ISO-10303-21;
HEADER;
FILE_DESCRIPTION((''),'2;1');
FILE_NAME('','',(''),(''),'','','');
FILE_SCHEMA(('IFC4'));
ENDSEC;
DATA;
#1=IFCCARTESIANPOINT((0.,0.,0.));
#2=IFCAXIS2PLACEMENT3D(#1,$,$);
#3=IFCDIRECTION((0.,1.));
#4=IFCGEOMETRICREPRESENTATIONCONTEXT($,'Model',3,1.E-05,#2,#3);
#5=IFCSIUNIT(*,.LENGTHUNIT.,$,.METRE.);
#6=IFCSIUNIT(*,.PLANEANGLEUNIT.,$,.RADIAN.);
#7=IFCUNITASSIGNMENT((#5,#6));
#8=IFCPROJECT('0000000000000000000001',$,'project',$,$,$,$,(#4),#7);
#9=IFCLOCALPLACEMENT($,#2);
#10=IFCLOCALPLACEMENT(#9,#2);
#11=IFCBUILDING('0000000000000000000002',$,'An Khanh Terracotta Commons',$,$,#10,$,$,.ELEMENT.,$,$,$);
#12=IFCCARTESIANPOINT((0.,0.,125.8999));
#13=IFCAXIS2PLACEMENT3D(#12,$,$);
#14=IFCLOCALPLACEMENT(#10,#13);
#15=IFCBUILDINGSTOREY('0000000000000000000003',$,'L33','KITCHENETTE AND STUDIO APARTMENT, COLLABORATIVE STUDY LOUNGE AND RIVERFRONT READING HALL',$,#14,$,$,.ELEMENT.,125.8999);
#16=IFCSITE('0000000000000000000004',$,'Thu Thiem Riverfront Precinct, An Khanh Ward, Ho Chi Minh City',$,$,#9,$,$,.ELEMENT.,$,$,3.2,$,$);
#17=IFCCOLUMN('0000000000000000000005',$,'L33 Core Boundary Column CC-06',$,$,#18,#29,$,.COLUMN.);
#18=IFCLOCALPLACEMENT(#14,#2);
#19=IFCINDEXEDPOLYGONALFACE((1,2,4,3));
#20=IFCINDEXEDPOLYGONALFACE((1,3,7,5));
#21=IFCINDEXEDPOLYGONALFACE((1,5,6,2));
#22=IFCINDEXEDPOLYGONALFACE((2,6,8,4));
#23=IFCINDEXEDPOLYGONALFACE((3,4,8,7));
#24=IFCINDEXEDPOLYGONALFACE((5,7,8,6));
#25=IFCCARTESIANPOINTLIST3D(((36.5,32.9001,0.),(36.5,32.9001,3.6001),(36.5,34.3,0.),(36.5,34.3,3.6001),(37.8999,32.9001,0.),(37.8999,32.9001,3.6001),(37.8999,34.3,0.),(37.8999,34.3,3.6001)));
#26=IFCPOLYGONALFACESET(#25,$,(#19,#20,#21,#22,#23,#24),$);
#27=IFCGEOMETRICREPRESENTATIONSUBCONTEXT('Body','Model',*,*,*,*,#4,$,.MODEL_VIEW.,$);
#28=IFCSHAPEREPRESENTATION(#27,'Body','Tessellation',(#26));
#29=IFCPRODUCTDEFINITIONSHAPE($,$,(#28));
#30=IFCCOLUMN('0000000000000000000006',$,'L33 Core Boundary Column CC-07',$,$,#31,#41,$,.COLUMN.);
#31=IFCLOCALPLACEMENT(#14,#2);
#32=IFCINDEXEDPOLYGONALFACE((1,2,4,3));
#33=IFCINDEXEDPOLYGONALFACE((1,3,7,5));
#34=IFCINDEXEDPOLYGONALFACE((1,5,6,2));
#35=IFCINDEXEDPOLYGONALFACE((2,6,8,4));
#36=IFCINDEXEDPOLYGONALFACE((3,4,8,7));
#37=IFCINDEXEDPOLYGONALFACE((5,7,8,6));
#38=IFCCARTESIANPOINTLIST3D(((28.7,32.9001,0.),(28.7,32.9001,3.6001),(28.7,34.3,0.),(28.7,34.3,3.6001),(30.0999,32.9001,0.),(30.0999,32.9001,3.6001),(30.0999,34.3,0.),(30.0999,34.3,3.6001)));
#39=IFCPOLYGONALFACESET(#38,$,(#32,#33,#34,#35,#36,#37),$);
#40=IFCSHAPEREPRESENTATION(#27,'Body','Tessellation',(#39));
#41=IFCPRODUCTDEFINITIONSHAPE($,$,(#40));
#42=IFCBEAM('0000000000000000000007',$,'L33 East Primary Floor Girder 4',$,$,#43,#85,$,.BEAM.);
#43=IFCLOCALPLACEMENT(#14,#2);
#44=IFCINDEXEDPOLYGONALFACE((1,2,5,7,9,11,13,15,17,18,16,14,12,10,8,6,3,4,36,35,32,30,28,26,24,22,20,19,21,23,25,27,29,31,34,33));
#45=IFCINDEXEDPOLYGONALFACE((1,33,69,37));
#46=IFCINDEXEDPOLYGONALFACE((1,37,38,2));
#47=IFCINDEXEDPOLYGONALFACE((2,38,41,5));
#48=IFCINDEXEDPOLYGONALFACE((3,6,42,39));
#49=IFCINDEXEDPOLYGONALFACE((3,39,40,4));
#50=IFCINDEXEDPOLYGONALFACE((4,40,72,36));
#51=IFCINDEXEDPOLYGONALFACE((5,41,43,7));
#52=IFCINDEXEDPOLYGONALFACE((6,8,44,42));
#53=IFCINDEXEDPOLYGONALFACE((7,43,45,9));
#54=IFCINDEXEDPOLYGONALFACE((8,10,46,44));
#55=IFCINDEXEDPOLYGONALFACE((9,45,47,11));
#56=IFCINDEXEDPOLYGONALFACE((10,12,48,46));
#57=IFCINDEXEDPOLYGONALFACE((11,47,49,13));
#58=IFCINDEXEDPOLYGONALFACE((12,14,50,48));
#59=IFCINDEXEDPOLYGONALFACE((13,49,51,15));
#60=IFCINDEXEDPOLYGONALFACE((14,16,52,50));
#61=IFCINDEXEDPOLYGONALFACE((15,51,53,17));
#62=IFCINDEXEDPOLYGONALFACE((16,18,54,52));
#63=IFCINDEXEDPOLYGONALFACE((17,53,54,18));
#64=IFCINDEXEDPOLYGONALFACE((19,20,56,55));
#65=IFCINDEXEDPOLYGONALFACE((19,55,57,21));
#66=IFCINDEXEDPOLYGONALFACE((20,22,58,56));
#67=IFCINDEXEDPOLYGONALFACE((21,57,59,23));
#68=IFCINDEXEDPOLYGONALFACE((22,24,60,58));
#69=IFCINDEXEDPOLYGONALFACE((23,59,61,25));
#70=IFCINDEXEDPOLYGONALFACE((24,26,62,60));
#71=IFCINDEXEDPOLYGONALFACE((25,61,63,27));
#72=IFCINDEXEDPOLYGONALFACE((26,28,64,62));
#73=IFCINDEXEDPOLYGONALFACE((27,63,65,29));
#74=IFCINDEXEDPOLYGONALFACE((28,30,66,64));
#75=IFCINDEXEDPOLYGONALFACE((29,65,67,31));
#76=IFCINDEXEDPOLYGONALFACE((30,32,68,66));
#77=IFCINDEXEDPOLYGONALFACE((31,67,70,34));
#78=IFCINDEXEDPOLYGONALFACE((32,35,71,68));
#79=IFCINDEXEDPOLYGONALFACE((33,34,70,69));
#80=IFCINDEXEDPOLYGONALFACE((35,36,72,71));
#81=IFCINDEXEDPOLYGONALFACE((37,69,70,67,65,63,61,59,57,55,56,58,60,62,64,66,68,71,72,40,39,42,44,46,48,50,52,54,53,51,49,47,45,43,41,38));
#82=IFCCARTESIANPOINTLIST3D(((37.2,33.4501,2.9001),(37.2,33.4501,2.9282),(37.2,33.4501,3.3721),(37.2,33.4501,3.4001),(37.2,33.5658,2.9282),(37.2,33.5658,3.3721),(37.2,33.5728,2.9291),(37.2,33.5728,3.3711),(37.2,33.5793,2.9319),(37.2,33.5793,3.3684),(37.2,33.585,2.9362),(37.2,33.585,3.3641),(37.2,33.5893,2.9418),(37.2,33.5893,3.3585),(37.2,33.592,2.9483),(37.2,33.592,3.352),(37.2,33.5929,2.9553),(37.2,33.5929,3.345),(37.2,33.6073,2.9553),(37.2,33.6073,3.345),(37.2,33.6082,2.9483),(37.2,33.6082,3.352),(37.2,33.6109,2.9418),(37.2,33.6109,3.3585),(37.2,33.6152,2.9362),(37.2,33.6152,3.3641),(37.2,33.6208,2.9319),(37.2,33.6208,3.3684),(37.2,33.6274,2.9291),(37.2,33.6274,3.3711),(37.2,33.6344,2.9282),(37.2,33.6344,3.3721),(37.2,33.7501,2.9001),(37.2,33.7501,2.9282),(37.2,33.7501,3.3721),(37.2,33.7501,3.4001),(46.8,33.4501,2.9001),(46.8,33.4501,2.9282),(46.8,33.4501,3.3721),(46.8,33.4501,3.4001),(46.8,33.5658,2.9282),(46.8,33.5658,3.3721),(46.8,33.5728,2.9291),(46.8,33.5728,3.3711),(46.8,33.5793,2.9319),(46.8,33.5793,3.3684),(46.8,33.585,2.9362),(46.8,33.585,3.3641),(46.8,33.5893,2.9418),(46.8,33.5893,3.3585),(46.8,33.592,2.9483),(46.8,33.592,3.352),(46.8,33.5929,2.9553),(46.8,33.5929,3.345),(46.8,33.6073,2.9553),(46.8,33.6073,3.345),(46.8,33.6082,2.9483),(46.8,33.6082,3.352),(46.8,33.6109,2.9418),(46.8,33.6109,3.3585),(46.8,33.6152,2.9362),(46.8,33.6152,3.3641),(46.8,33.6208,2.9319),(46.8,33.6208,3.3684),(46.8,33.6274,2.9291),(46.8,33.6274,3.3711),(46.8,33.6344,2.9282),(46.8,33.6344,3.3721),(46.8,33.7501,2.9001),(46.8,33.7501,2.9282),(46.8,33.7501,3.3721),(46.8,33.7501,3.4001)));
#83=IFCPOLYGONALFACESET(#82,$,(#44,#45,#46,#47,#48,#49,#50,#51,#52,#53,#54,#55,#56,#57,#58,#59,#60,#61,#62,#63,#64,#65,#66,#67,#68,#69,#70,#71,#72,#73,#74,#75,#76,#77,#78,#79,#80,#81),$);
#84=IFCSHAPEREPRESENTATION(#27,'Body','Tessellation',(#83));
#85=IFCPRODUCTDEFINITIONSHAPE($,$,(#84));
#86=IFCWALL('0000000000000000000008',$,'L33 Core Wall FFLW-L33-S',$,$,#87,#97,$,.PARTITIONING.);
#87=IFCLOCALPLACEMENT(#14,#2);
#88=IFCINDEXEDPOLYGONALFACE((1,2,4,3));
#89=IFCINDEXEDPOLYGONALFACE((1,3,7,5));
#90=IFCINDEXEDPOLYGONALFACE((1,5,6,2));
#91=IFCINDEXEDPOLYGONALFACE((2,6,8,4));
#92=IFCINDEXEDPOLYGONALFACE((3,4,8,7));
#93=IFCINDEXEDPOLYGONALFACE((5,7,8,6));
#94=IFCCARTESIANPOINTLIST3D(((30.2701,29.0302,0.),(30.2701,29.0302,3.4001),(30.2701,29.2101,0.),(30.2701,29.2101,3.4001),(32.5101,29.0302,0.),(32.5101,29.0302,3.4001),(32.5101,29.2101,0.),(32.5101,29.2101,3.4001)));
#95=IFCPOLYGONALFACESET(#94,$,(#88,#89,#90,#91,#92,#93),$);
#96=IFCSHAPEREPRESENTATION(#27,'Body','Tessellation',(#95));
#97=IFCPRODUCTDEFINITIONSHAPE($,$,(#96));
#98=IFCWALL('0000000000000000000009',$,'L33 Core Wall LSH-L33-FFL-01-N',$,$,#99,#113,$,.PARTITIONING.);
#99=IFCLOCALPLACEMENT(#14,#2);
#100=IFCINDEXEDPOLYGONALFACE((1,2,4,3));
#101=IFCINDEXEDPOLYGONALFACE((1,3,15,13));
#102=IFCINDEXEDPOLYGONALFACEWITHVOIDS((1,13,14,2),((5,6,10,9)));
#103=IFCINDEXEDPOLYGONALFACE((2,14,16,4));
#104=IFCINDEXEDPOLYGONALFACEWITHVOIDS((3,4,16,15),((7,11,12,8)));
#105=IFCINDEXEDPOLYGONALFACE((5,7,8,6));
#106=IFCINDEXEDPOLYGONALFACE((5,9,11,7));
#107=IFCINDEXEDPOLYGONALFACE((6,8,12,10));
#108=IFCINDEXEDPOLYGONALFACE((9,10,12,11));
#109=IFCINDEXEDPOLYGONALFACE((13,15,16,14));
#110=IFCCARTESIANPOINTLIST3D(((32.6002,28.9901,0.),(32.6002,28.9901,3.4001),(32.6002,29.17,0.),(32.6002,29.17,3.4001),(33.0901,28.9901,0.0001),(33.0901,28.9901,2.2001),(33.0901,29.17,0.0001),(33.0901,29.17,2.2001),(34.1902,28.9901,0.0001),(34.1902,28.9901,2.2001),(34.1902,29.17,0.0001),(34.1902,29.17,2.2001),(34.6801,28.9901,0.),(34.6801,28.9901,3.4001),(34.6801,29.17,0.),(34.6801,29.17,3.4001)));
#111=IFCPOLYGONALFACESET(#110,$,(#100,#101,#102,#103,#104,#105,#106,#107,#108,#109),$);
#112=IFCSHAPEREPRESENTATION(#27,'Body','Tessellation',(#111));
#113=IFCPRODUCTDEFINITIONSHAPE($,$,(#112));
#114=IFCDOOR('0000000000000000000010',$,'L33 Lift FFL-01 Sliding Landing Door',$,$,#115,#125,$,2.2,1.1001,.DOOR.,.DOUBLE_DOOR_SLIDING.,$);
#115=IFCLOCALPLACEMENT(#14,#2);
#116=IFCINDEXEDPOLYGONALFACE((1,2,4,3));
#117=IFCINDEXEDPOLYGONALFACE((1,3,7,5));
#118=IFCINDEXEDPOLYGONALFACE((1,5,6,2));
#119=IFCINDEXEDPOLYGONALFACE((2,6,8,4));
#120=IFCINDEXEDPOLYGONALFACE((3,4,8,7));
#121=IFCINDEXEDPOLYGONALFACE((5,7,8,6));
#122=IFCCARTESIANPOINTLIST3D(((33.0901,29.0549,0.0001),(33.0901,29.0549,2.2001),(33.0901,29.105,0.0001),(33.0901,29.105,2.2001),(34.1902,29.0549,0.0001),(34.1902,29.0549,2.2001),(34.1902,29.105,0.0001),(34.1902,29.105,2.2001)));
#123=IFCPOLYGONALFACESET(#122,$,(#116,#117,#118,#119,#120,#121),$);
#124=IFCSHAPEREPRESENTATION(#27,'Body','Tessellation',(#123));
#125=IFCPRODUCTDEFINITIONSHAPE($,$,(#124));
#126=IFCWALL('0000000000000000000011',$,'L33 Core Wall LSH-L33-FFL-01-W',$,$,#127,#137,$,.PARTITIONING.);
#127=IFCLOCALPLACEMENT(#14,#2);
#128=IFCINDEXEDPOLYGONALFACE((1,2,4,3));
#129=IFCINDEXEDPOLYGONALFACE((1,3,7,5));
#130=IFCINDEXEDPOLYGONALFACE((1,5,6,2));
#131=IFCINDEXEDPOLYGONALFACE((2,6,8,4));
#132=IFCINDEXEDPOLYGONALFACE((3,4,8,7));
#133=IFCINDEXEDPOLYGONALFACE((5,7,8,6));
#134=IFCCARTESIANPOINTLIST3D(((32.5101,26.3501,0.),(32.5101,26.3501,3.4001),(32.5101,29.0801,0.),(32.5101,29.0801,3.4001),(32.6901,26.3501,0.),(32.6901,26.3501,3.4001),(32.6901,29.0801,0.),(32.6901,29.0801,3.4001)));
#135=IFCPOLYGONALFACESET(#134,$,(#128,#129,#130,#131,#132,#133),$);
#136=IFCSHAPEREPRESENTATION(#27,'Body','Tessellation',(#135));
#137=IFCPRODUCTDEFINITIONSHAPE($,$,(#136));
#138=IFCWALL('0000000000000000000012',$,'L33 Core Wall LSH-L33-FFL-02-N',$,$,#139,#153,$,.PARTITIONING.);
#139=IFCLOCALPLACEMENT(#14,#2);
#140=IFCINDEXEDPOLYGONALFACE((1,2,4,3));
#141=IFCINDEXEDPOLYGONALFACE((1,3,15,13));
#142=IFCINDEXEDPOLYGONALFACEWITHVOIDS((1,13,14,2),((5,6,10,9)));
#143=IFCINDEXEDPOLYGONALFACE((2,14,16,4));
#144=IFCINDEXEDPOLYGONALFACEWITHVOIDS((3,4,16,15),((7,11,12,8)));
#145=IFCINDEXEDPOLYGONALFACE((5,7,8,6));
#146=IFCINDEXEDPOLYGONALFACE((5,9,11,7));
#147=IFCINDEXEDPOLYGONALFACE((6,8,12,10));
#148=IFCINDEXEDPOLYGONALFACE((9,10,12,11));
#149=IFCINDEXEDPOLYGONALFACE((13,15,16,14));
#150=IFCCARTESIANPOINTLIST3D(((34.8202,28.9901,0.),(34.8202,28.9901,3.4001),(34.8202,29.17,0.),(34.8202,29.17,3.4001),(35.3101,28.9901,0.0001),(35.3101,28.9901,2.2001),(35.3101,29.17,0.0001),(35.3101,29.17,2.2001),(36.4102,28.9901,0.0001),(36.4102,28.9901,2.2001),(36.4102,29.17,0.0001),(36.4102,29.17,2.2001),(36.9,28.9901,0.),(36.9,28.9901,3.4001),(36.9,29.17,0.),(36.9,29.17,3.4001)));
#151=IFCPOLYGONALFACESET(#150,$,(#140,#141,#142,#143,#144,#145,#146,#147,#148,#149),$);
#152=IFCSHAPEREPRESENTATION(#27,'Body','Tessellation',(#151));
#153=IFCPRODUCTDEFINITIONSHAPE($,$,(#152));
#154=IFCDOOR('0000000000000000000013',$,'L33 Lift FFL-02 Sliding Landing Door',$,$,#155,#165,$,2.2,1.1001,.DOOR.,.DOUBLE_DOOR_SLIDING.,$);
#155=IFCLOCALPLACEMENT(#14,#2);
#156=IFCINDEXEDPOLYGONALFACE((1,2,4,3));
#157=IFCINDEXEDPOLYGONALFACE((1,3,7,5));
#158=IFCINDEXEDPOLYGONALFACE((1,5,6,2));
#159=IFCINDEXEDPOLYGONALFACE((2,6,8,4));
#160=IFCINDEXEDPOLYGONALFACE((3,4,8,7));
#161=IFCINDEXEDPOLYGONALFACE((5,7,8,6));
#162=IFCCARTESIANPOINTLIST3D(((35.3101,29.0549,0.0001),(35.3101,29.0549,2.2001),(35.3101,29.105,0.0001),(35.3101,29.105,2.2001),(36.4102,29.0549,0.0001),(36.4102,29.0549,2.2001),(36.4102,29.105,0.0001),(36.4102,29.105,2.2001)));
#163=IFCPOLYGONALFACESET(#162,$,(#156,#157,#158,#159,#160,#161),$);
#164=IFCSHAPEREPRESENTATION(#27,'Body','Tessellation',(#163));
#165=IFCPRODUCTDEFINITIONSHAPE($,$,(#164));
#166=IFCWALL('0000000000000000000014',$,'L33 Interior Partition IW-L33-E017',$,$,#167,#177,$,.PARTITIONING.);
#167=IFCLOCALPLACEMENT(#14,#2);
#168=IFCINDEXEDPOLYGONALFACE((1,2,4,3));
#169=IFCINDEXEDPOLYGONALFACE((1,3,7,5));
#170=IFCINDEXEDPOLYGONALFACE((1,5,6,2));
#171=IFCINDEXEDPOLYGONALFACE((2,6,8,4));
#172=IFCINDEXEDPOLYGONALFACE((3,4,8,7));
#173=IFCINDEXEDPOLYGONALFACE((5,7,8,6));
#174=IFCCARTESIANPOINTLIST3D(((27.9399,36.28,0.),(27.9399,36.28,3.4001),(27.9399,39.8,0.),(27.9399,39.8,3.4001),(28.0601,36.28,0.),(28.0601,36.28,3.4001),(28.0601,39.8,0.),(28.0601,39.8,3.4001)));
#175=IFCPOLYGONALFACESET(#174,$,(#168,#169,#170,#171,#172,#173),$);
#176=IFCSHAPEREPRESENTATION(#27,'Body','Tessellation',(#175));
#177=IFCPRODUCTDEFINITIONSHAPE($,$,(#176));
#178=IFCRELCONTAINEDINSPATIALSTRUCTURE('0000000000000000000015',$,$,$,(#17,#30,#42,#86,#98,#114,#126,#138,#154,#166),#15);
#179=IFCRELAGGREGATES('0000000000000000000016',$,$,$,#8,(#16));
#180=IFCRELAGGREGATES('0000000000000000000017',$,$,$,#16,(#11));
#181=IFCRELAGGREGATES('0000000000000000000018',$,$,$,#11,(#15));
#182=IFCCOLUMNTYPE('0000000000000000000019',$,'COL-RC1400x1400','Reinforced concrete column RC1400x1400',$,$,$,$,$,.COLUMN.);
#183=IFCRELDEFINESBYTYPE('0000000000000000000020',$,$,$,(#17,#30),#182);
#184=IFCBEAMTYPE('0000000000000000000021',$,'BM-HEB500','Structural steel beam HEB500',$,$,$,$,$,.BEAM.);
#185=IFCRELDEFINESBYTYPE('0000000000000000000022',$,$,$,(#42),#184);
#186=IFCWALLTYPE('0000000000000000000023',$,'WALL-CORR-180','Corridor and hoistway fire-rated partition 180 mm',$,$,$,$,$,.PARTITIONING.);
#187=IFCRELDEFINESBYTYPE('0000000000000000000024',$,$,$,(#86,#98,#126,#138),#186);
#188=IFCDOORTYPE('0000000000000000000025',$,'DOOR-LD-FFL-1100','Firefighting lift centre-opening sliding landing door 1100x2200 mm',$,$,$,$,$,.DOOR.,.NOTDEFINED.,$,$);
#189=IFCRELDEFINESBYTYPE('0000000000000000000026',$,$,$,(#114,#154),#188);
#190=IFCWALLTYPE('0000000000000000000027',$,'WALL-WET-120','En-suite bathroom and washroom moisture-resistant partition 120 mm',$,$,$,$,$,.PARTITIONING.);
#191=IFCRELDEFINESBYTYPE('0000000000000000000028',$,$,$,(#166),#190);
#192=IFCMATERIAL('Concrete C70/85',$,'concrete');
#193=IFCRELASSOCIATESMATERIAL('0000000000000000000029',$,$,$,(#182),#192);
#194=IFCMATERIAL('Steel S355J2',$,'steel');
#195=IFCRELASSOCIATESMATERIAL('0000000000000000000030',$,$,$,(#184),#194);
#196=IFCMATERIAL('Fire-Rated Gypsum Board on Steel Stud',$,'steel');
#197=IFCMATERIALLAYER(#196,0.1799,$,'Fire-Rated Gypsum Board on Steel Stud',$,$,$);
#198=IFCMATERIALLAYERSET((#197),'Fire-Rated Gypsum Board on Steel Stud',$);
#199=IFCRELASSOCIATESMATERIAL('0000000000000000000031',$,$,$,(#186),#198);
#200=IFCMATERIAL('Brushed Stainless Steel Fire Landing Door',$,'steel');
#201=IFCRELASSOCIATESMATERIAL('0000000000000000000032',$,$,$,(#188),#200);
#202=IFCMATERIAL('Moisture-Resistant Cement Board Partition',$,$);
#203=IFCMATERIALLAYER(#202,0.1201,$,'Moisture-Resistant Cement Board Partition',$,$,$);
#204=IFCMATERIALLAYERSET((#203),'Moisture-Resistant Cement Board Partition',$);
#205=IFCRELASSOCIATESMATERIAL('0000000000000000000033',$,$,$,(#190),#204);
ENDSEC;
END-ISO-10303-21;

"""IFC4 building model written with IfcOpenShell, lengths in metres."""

from ifc_helpers import new_model, si_unit, direction, frame, frame_2d, origin, origin_2d, place, context, subcontext, project, spatial, rectangle, i_section, extrude, material, layer, layer_set, material_profile, profile_set, type_object, element, fill, save


model = new_model("IFC4")

# Units and contexts
model_context = context("Model", 3, precision=1e-05, world=origin(), true_north=direction((0.0, 1.0)))
body_context = subcontext(model_context, "Body", "Model", "MODEL_VIEW")
ifc_project = project(units=[si_unit("LENGTHUNIT", "METRE"), si_unit("PLANEANGLEUNIT", "RADIAN")], contexts=[model_context])

# Site, building, storey
site_placement = place(None, origin())
site = spatial("IfcSite", under=ifc_project, at=site_placement, Name="Thu Thiem Riverfront Precinct, An Khanh Ward, Ho Chi Minh City", CompositionType="ELEMENT", RefElevation=3.2)
building_placement = place(site_placement, origin())
building = spatial("IfcBuilding", under=site, at=building_placement, Name="An Khanh Terracotta Commons", CompositionType="ELEMENT")
storey_placement = place(building_placement, frame((0.0, 0.0, 125.8999)))
storey = spatial("IfcBuildingStorey", under=building, at=storey_placement, Name="L33", Description="KITCHENETTE AND STUDIO APARTMENT, COLLABORATIVE STUDY LOUNGE AND RIVERFRONT READING HALL", CompositionType="ELEMENT", Elevation=125.8999)

# Columns
ifc_material_1 = material(Name="Concrete C70/85", Category="concrete")
ifc_material_profile_1 = material_profile(ifc_material_1, rectangle(XDim=1.3999, YDim=1.3999, at=origin_2d()), Name="RC1400x1400")
ifc_profile_set_1 = profile_set([ifc_material_profile_1], Name="Concrete C70/85")
column_type = type_object("IfcColumnType", Name="COL-RC1400x1400", Description="Reinforced concrete column RC1400x1400", PredefinedType="COLUMN", material=ifc_profile_set_1)
for number, where, z_axis, x_axis, name in (
    (1, (37.2, 33.6001, 0.0), (0.0, 0.0, 1.0), (1.0, 0.0, 0.0), "L33 Core Boundary Column CC-06"),
    (2, (29.3999, 33.6001, 0.0), (0.0, 0.0, 1.0), (1.0, 0.0, 0.0), "L33 Core Boundary Column CC-07"),
):
    element("IfcColumn", number, at=place(storey_placement, frame(where, z_axis=z_axis, x_axis=x_axis)), inside=storey, type_object=column_type, Name=name, PredefinedType="COLUMN", context=body_context, shape_type="SweptSolid", body=[
        extrude(rectangle(XDim=1.3999, YDim=1.3999, at=origin_2d()), origin(), (0.0, 0.0, 1.0), 3.6001),
    ])

# Beam
ifc_material_2 = material(Name="Steel S355J2", Category="steel")
ifc_material_profile_2 = material_profile(ifc_material_2, i_section(OverallWidth=0.3, OverallDepth=0.5, WebThickness=0.0144, FlangeThickness=0.0281, FilletRadius=0.0271, at=origin_2d()), Name="HEB500")
ifc_profile_set_2 = profile_set([ifc_material_profile_2], Name="Steel S355J2")
beam_type = type_object("IfcBeamType", Name="BM-HEB500", Description="Structural steel beam HEB500", PredefinedType="BEAM", material=ifc_profile_set_2)
beam_placement = place(storey_placement, frame((37.2, 33.6001, 3.1501), z_axis=(1.0, 0.0, 0.0), x_axis=(0.0, 1.0, 0.0)))
element("IfcBeam", 3, at=beam_placement, inside=storey, type_object=beam_type, Name="L33 East Primary Floor Girder 4", PredefinedType="BEAM", context=body_context, shape_type="SweptSolid", body=[
    extrude(i_section(OverallWidth=0.3, OverallDepth=0.5, WebThickness=0.0144, FlangeThickness=0.0281, FilletRadius=0.0271, at=origin_2d()), origin(), (0.0, 0.0, 1.0), 9.6001),
])

# Wall
ifc_material_3 = material(Name="Fire-Rated Gypsum Board on Steel Stud", Category="steel")
ifc_layer_1 = layer(ifc_material_3, 0.1799, Name="Fire-Rated Gypsum Board on Steel Stud")
ifc_layer_set_1 = layer_set([ifc_layer_1], Name="Fire-Rated Gypsum Board on Steel Stud")
wall_type_1 = type_object("IfcWallType", Name="WALL-CORR-180", Description="Corridor and hoistway fire-rated partition 180 mm", PredefinedType="PARTITIONING", material=ifc_layer_set_1)
wall_1_placement = place(storey_placement, frame((30.27, 29.1201, 0.0), z_axis=(0.0, 0.0, 1.0), x_axis=(1.0, 0.0, 0.0)))
element("IfcWall", 4, at=wall_1_placement, inside=storey, type_object=wall_type_1, Name="L33 Core Wall FFLW-L33-S", PredefinedType="PARTITIONING", context=body_context, shape_type="SweptSolid", body=[
    extrude(rectangle(XDim=2.24, YDim=0.1799, at=frame_2d((1.1201, 0.0))), origin(), (0.0, 0.0, 1.0), 3.4001),
])

# Wall, opening, door
wall_2_placement = place(storey_placement, frame((32.6001, 29.0801, 0.0), z_axis=(0.0, 0.0, 1.0), x_axis=(1.0, 0.0, 0.0)))
wall_2 = element("IfcWall", 5, at=wall_2_placement, inside=storey, type_object=wall_type_1, Name="L33 Core Wall LSH-L33-FFL-01-N", PredefinedType="PARTITIONING", context=body_context, shape_type="SweptSolid", body=[
    extrude(rectangle(XDim=2.0798, YDim=0.1799, at=frame_2d((1.04, 0.0))), origin(), (0.0, 0.0, 1.0), 3.4001),
])
opening_1_placement = place(wall_2_placement, frame((0.49, 0.0, 0.0)))
opening_1 = element("IfcOpeningElement", 6, at=opening_1_placement, cuts=wall_2, PredefinedType="OPENING", context=body_context, shape_type="SweptSolid", body=[
    extrude(rectangle(XDim=1.1001, YDim=2.2, at=frame_2d((0.55, 1.1001))), frame((0.0, 0.0999, 0.0), z_axis=(0.0, -1.0, 0.0), x_axis=(1.0, 0.0, 0.0)), (0.0, 0.0, 1.0), 0.2),
])
ifc_material_4 = material(Name="Brushed Stainless Steel Fire Landing Door", Category="steel")
door_type_1 = type_object("IfcDoorType", Name="DOOR-LD-FFL-1100", Description="Firefighting lift centre-opening sliding landing door 1100x2200 mm", OperationType="NOTDEFINED", PredefinedType="DOOR", material=ifc_material_4)
door_1_placement = place(opening_1_placement, origin())
door_1 = element("IfcDoor", 7, at=door_1_placement, inside=storey, type_object=door_type_1, Name="L33 Lift FFL-01 Sliding Landing Door", OperationType="DOUBLE_DOOR_SLIDING", OverallHeight=2.2, OverallWidth=1.1001, PredefinedType="DOOR", context=body_context, shape_type="SweptSolid", body=[
    extrude(rectangle(XDim=1.1001, YDim=2.2, at=frame_2d((0.55, 1.1001))), frame((0.0, 0.0249, 0.0), z_axis=(0.0, -1.0, 0.0), x_axis=(1.0, 0.0, 0.0)), (0.0, 0.0, 1.0), 0.05),
])
fill(opening_1, door_1)

# Wall
wall_3_placement = place(storey_placement, frame((32.6001, 29.0801, 0.0), z_axis=(0.0, 0.0, 1.0), x_axis=(0.0, -1.0, 0.0)))
element("IfcWall", 8, at=wall_3_placement, inside=storey, type_object=wall_type_1, Name="L33 Core Wall LSH-L33-FFL-01-W", PredefinedType="PARTITIONING", context=body_context, shape_type="SweptSolid", body=[
    extrude(rectangle(XDim=2.73, YDim=0.1799, at=frame_2d((1.365, 0.0))), origin(), (0.0, 0.0, 1.0), 3.4001),
])

# Wall, opening, door
wall_4_placement = place(storey_placement, frame((34.8201, 29.0801, 0.0), z_axis=(0.0, 0.0, 1.0), x_axis=(1.0, 0.0, 0.0)))
wall_4 = element("IfcWall", 9, at=wall_4_placement, inside=storey, type_object=wall_type_1, Name="L33 Core Wall LSH-L33-FFL-02-N", PredefinedType="PARTITIONING", context=body_context, shape_type="SweptSolid", body=[
    extrude(rectangle(XDim=2.0798, YDim=0.1799, at=frame_2d((1.04, 0.0))), origin(), (0.0, 0.0, 1.0), 3.4001),
])
opening_2_placement = place(wall_4_placement, frame((0.49, 0.0, 0.0)))
opening_2 = element("IfcOpeningElement", 10, at=opening_2_placement, cuts=wall_4, PredefinedType="OPENING", context=body_context, shape_type="SweptSolid", body=[
    extrude(rectangle(XDim=1.1001, YDim=2.2, at=frame_2d((0.55, 1.1001))), frame((0.0, 0.0999, 0.0), z_axis=(0.0, -1.0, 0.0), x_axis=(1.0, 0.0, 0.0)), (0.0, 0.0, 1.0), 0.2),
])
door_2_placement = place(opening_2_placement, origin())
door_2 = element("IfcDoor", 11, at=door_2_placement, inside=storey, type_object=door_type_1, Name="L33 Lift FFL-02 Sliding Landing Door", OperationType="DOUBLE_DOOR_SLIDING", OverallHeight=2.2, OverallWidth=1.1001, PredefinedType="DOOR", context=body_context, shape_type="SweptSolid", body=[
    extrude(rectangle(XDim=1.1001, YDim=2.2, at=frame_2d((0.55, 1.1001))), frame((0.0, 0.0249, 0.0), z_axis=(0.0, -1.0, 0.0), x_axis=(1.0, 0.0, 0.0)), (0.0, 0.0, 1.0), 0.05),
])
fill(opening_2, door_2)

# Wall
ifc_material_5 = material(Name="Moisture-Resistant Cement Board Partition")
ifc_layer_2 = layer(ifc_material_5, 0.1201, Name="Moisture-Resistant Cement Board Partition")
ifc_layer_set_2 = layer_set([ifc_layer_2], Name="Moisture-Resistant Cement Board Partition")
wall_type_2 = type_object("IfcWallType", Name="WALL-WET-120", Description="En-suite bathroom and washroom moisture-resistant partition 120 mm", PredefinedType="PARTITIONING", material=ifc_layer_set_2)
wall_5_placement = place(storey_placement, frame((28.0, 36.28, 0.0), z_axis=(0.0, 0.0, 1.0), x_axis=(0.0, 1.0, 0.0)))
element("IfcWall", 12, at=wall_5_placement, inside=storey, type_object=wall_type_2, Name="L33 Interior Partition IW-L33-E017", PredefinedType="PARTITIONING", context=body_context, shape_type="SweptSolid", body=[
    extrude(rectangle(XDim=3.52, YDim=0.1201, at=frame_2d((1.76, 0.0))), origin(), (0.0, 0.0, 1.0), 3.4001),
])

save(model, "model.ifc")
